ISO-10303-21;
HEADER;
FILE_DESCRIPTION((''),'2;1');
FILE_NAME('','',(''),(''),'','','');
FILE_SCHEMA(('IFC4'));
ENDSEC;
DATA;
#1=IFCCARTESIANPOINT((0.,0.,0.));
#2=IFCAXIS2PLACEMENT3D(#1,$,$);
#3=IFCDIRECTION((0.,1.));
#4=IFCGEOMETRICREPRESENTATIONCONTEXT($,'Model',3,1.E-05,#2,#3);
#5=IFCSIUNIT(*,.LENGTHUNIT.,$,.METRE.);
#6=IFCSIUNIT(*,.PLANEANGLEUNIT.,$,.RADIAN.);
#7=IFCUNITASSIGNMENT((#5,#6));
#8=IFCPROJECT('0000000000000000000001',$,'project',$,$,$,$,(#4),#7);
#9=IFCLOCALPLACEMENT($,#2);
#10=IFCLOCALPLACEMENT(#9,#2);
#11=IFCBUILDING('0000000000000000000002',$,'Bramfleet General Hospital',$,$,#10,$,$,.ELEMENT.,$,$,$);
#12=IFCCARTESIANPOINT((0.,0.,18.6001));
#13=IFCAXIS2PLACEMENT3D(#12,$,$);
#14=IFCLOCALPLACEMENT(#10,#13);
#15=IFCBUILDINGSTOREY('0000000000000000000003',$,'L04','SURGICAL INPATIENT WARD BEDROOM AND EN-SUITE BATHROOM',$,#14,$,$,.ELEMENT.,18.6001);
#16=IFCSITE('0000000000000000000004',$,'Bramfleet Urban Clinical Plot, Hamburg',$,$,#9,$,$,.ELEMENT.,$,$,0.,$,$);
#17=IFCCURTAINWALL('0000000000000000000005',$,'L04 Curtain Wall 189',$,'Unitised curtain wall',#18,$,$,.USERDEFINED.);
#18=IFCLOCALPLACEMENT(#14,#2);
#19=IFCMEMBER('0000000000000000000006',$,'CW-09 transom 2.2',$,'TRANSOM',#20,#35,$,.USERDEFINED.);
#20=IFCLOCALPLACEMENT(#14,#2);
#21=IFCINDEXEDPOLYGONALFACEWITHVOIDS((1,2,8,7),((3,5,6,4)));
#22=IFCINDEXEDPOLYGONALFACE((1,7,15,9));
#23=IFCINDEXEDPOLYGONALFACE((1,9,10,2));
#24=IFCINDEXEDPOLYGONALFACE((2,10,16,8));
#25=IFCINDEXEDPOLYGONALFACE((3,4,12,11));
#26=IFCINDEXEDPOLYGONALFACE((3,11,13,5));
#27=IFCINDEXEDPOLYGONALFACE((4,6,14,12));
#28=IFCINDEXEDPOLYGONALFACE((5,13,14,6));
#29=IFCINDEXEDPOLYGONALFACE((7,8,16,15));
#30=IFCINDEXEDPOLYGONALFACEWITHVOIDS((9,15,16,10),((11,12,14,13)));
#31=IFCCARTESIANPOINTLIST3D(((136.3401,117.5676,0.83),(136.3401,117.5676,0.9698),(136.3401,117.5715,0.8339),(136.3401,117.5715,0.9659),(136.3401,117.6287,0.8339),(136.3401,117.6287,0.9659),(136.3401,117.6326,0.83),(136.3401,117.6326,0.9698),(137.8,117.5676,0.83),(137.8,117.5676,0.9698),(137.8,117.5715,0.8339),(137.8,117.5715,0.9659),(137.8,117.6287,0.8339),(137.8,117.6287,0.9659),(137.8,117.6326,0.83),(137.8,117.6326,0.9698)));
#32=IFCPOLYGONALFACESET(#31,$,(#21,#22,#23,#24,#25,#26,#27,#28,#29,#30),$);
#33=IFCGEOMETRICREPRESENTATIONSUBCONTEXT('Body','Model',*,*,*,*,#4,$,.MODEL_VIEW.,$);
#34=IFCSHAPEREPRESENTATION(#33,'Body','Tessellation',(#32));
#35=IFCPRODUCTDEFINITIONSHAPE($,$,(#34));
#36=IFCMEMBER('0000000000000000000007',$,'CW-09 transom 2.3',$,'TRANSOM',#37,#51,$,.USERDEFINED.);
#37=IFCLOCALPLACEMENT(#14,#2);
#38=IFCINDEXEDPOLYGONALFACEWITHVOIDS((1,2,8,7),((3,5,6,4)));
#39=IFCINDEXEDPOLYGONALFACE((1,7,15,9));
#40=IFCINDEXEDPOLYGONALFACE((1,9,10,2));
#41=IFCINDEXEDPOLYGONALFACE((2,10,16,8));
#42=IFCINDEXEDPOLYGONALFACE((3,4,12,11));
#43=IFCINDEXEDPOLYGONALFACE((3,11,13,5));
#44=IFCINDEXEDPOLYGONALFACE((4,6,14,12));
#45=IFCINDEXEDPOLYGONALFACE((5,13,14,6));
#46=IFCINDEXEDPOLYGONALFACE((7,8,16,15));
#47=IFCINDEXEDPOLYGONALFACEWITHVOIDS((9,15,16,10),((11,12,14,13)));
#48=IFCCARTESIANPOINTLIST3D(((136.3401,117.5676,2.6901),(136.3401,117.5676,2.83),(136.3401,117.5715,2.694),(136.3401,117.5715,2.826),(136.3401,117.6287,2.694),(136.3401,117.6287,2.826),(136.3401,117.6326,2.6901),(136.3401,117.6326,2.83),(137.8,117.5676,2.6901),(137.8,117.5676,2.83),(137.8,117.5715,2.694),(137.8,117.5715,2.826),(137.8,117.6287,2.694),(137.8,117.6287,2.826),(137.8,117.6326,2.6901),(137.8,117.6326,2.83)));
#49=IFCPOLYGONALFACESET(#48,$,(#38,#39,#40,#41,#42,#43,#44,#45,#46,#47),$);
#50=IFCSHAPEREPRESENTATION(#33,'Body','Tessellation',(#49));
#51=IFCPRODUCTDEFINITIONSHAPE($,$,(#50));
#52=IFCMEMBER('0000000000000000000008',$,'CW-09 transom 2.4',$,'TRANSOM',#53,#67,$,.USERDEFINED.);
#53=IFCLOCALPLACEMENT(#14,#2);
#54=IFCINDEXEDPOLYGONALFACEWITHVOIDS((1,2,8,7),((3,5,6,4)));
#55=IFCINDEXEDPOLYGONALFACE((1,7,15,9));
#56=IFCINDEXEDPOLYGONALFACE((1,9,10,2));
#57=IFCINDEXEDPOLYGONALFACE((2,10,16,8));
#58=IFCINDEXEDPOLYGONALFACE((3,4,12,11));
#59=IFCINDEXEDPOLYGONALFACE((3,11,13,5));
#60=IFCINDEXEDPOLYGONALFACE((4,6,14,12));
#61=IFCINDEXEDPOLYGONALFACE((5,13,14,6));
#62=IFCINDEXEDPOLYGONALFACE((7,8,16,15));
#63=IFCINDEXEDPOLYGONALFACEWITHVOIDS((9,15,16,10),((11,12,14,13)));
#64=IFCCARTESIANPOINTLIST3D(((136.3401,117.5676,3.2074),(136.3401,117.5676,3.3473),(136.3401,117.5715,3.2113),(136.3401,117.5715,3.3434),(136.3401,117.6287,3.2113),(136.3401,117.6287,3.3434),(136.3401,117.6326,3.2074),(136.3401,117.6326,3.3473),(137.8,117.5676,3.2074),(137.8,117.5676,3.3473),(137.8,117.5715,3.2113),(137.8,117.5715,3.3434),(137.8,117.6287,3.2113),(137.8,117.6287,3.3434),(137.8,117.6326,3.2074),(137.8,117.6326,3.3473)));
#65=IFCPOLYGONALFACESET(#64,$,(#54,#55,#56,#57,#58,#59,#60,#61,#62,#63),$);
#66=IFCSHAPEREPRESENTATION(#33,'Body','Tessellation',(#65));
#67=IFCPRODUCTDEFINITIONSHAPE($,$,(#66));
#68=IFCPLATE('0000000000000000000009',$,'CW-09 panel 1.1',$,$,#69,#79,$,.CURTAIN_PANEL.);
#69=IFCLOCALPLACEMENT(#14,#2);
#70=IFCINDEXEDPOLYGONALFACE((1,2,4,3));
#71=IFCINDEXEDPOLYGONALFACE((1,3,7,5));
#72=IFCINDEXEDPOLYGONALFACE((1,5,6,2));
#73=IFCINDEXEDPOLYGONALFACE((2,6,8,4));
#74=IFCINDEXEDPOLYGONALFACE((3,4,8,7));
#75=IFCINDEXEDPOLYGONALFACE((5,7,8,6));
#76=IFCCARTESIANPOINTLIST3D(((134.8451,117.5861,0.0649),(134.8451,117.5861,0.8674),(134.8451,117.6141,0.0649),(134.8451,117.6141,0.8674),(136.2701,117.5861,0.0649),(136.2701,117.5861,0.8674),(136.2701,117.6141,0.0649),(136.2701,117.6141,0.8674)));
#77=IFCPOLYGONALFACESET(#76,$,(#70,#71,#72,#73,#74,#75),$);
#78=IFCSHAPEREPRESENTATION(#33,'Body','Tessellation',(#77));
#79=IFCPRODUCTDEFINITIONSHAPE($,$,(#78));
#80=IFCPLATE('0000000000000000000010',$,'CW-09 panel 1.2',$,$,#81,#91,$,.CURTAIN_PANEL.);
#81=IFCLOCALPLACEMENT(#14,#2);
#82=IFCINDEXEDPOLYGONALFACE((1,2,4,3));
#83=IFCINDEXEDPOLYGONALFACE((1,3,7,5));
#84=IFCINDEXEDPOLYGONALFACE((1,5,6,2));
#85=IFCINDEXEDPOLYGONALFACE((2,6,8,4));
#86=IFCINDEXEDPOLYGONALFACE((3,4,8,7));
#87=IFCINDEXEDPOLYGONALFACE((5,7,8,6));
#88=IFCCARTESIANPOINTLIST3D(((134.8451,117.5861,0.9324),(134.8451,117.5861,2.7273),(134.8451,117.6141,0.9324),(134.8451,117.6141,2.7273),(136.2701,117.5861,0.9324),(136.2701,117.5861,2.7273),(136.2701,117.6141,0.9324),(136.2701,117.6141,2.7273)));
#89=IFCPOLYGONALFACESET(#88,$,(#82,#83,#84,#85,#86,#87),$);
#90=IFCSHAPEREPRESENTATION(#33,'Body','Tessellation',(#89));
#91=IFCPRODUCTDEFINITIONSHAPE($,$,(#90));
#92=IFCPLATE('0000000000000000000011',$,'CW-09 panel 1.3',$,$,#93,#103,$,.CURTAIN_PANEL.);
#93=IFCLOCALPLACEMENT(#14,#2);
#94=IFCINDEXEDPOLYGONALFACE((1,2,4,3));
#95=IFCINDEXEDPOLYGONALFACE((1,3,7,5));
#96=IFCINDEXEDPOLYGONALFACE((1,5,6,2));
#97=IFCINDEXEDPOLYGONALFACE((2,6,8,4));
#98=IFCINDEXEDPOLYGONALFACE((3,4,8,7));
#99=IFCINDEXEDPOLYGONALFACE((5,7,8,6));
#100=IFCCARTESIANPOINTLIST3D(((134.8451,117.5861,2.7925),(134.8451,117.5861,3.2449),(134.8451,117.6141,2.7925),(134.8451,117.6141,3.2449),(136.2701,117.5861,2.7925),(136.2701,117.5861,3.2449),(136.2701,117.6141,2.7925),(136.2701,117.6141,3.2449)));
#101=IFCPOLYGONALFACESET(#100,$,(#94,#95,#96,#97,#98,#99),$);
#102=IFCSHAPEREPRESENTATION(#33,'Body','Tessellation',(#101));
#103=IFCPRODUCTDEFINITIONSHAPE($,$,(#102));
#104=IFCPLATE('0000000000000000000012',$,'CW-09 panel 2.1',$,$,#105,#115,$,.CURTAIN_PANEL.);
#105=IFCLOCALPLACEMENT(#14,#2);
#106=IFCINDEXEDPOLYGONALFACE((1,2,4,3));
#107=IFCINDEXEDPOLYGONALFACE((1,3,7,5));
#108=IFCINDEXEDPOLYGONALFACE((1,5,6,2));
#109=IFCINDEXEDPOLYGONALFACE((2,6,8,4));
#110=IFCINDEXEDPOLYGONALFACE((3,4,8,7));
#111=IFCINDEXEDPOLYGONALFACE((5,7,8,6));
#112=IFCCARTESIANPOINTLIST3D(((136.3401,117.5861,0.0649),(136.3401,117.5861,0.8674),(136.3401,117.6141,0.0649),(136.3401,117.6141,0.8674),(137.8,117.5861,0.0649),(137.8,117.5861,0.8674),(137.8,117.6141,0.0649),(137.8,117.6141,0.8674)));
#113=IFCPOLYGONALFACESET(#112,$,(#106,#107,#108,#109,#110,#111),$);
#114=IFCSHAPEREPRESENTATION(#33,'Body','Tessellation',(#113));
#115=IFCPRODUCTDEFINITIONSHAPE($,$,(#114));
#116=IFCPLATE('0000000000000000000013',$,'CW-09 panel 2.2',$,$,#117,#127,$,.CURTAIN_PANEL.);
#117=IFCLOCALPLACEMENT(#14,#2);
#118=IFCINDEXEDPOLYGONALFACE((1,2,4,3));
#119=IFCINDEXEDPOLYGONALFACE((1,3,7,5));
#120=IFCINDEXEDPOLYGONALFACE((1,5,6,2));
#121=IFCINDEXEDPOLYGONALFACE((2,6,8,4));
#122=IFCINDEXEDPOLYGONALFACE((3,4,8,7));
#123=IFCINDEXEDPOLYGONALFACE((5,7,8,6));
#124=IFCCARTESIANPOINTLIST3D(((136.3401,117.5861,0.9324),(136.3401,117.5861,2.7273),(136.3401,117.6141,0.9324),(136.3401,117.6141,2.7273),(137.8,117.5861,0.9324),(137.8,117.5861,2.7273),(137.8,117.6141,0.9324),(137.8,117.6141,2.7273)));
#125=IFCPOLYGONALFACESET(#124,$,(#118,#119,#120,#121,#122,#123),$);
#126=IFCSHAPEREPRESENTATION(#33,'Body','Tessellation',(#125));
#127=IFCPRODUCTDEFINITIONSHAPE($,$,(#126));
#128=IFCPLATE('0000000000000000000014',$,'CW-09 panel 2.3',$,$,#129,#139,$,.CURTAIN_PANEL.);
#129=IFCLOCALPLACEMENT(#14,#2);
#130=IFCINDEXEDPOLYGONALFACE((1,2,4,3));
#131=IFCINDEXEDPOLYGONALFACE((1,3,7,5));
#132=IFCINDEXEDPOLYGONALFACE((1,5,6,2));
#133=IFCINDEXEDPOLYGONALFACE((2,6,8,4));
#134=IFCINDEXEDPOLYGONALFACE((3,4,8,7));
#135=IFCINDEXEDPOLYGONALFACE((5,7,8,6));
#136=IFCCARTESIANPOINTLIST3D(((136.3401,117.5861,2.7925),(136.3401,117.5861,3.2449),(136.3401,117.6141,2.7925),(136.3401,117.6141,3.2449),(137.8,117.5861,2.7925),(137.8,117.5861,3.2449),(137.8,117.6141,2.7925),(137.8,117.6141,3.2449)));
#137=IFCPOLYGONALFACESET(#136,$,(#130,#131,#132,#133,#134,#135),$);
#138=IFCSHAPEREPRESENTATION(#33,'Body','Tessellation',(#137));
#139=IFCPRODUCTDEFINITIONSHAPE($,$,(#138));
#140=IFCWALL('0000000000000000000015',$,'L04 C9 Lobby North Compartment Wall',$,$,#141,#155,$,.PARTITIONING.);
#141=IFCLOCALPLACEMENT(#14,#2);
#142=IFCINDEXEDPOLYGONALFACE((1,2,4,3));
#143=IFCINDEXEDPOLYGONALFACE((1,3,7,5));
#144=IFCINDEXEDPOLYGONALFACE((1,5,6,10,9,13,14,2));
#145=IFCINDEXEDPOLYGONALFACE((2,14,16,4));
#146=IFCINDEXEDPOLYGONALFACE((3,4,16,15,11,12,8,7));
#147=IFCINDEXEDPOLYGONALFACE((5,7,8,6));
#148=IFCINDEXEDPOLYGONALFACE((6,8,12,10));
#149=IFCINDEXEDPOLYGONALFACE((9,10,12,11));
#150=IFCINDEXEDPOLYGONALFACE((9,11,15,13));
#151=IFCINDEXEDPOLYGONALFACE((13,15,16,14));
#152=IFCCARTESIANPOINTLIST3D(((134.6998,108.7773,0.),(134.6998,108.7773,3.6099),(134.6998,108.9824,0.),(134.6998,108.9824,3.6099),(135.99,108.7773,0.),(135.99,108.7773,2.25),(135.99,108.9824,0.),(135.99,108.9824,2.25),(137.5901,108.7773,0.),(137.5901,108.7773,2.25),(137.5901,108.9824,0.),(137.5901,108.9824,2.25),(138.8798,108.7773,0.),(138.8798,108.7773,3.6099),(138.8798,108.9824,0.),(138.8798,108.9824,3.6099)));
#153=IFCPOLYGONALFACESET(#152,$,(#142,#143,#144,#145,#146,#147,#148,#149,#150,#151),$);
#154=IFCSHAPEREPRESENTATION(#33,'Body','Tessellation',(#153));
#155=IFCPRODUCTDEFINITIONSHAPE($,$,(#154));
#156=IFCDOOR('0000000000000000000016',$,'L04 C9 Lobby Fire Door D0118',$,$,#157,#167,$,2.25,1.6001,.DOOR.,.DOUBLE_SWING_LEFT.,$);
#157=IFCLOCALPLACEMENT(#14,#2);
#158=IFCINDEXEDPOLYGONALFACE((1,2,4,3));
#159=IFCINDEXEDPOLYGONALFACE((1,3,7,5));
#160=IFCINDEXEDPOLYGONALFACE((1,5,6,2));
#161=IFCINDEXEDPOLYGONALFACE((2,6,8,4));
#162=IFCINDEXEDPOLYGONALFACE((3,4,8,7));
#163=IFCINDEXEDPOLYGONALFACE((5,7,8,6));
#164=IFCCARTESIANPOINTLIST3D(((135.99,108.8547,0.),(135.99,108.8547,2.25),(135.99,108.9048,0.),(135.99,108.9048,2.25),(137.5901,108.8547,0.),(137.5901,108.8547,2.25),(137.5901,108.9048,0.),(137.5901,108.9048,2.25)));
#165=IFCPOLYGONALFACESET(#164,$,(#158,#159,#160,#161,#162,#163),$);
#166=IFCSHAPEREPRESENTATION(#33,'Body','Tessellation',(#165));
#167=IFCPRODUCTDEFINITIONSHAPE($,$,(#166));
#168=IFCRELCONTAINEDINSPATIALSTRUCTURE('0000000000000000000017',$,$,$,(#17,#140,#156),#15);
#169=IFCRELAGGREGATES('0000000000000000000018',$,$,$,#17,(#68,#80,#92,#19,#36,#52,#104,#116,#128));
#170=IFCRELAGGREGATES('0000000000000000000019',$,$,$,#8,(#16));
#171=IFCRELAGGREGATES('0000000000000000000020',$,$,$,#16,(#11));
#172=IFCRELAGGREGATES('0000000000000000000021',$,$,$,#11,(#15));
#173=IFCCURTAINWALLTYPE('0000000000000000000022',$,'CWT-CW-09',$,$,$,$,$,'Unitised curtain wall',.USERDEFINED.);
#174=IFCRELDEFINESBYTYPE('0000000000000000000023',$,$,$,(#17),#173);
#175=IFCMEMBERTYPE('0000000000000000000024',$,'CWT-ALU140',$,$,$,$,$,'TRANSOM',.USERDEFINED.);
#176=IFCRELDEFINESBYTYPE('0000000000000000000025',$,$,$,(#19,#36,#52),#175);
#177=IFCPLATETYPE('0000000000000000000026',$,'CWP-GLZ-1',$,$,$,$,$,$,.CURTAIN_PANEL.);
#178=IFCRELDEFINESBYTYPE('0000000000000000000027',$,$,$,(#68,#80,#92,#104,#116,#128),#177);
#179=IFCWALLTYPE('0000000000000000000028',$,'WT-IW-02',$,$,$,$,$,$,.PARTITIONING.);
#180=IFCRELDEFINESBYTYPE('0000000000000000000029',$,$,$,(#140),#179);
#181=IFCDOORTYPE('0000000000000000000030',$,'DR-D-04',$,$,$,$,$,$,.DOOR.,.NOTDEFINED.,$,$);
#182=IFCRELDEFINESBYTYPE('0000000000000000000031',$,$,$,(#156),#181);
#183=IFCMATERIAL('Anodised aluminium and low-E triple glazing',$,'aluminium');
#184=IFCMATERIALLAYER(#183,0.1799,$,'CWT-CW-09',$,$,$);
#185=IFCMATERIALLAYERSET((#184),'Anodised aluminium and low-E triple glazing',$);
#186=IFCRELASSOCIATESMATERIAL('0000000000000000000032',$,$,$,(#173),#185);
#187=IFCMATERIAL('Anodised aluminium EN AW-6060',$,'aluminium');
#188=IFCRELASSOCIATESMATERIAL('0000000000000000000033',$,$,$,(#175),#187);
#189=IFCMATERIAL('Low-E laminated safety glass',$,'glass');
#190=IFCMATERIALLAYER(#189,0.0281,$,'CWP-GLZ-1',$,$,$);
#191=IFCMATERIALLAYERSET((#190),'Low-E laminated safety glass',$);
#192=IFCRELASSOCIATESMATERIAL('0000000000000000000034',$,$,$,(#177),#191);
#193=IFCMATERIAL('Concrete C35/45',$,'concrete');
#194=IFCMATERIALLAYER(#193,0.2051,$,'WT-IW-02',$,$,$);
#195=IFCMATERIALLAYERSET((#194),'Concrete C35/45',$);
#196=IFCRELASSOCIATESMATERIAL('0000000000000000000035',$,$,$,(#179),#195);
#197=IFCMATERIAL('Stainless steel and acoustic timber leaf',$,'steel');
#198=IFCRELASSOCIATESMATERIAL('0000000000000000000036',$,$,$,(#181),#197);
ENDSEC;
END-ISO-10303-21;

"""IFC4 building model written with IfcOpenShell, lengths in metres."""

from ifc_helpers import new_model, si_unit, direction, frame, frame_2d, origin, origin_2d, place, context, subcontext, project, spatial, rectangle, hollow_rectangle, extrude, material, layer, layer_set, material_profile, profile_set, type_object, element, fill, aggregate, save


model = new_model("IFC4")

# Units and contexts
model_context = context("Model", 3, precision=1e-05, world=origin(), true_north=direction((0.0, 1.0)))
body_context = subcontext(model_context, "Body", "Model", "MODEL_VIEW")
ifc_project = project(units=[si_unit("LENGTHUNIT", "METRE"), si_unit("PLANEANGLEUNIT", "RADIAN")], contexts=[model_context])

# Site, building, storey
site_placement = place(None, origin())
site = spatial("IfcSite", under=ifc_project, at=site_placement, Name="Bramfleet Urban Clinical Plot, Hamburg", CompositionType="ELEMENT", RefElevation=0.0)
building_placement = place(site_placement, origin())
building = spatial("IfcBuilding", under=site, at=building_placement, Name="Bramfleet General Hospital", CompositionType="ELEMENT")
storey_placement = place(building_placement, frame((0.0, 0.0, 18.6001)))
storey = spatial("IfcBuildingStorey", under=building, at=storey_placement, Name="L04", Description="SURGICAL INPATIENT WARD BEDROOM AND EN-SUITE BATHROOM", CompositionType="ELEMENT", Elevation=18.6001)

# Curtain wall, members, plates
ifc_material_1 = material(Name="Anodised aluminium and low-E triple glazing", Category="aluminium")
ifc_layer_1 = layer(ifc_material_1, 0.1799, Name="CWT-CW-09")
ifc_layer_set_1 = layer_set([ifc_layer_1], Name="Anodised aluminium and low-E triple glazing")
curtain_wall_type = type_object("IfcCurtainWallType", Name="CWT-CW-09", ElementType="Unitised curtain wall", PredefinedType="USERDEFINED", material=ifc_layer_set_1)
curtain_wall_placement = place(storey_placement, origin())
curtain_wall = element("IfcCurtainWall", 1, at=curtain_wall_placement, inside=storey, type_object=curtain_wall_type, Name="L04 Curtain Wall 189", ObjectType="Unitised curtain wall", PredefinedType="USERDEFINED")
ifc_material_2 = material(Name="Anodised aluminium EN AW-6060", Category="aluminium")
ifc_material_profile_1 = material_profile(ifc_material_2, hollow_rectangle(XDim=0.0649, YDim=0.1399, WallThickness=0.0039, at=origin_2d()), Name="ALU 140x65x4.0")
ifc_profile_set_1 = profile_set([ifc_material_profile_1], Name="Anodised aluminium EN AW-6060")
member_type_1 = type_object("IfcMemberType", Name="CWT-ALU140", ElementType="TRANSOM", PredefinedType="USERDEFINED", material=ifc_profile_set_1)
member_1_placement = place(storey_placement, frame((136.3401, 117.6001, 0.8999), z_axis=(1.0, 0.0, 0.0), x_axis=(0.0, 1.0, 0.0)))
member_1 = element("IfcMember", 2, at=member_1_placement, type_object=member_type_1, Name="CW-09 transom 2.2", ObjectType="TRANSOM", PredefinedType="USERDEFINED", context=body_context, shape_type="SweptSolid", body=[
    extrude(hollow_rectangle(XDim=0.0649, YDim=0.1399, WallThickness=0.0039, at=origin_2d()), origin(), (0.0, 0.0, 1.0), 1.46),
])
member_2_placement = place(storey_placement, frame((136.3401, 117.6001, 2.76), z_axis=(1.0, 0.0, 0.0), x_axis=(0.0, 1.0, 0.0)))
member_2 = element("IfcMember", 3, at=member_2_placement, type_object=member_type_1, Name="CW-09 transom 2.3", ObjectType="TRANSOM", PredefinedType="USERDEFINED", context=body_context, shape_type="SweptSolid", body=[
    extrude(hollow_rectangle(XDim=0.0649, YDim=0.1399, WallThickness=0.0039, at=origin_2d()), origin(), (0.0, 0.0, 1.0), 1.46),
])
member_3_placement = place(storey_placement, frame((136.3401, 117.6001, 3.2773), z_axis=(1.0, 0.0, 0.0), x_axis=(0.0, 1.0, 0.0)))
member_3 = element("IfcMember", 4, at=member_3_placement, type_object=member_type_1, Name="CW-09 transom 2.4", ObjectType="TRANSOM", PredefinedType="USERDEFINED", context=body_context, shape_type="SweptSolid", body=[
    extrude(hollow_rectangle(XDim=0.0649, YDim=0.1399, WallThickness=0.0039, at=origin_2d()), origin(), (0.0, 0.0, 1.0), 1.46),
])
ifc_material_3 = material(Name="Low-E laminated safety glass", Category="glass")
ifc_layer_2 = layer(ifc_material_3, 0.0281, Name="CWP-GLZ-1")
ifc_layer_set_2 = layer_set([ifc_layer_2], Name="Low-E laminated safety glass")
plate_type = type_object("IfcPlateType", Name="CWP-GLZ-1", PredefinedType="CURTAIN_PANEL", material=ifc_layer_set_2)
plate_1_placement = place(storey_placement, frame((135.5576, 117.6001, 0.0649), z_axis=(0.0, 0.0, 1.0), x_axis=(1.0, 0.0, 0.0)))
plate_1 = element("IfcPlate", 5, at=plate_1_placement, type_object=plate_type, Name="CW-09 panel 1.1", PredefinedType="CURTAIN_PANEL", context=body_context, shape_type="SweptSolid", body=[
    extrude(rectangle(XDim=1.425, YDim=0.0281, at=origin_2d()), origin(), (0.0, 0.0, 1.0), 0.8025),
])
plate_2_placement = place(storey_placement, frame((135.5576, 117.6001, 0.9324), z_axis=(0.0, 0.0, 1.0), x_axis=(1.0, 0.0, 0.0)))
plate_2 = element("IfcPlate", 6, at=plate_2_placement, type_object=plate_type, Name="CW-09 panel 1.2", PredefinedType="CURTAIN_PANEL", context=body_context, shape_type="SweptSolid", body=[
    extrude(rectangle(XDim=1.425, YDim=0.0281, at=origin_2d()), origin(), (0.0, 0.0, 1.0), 1.7949),
])
plate_3_placement = place(storey_placement, frame((135.5576, 117.6001, 2.7925), z_axis=(0.0, 0.0, 1.0), x_axis=(1.0, 0.0, 0.0)))
plate_3 = element("IfcPlate", 7, at=plate_3_placement, type_object=plate_type, Name="CW-09 panel 1.3", PredefinedType="CURTAIN_PANEL", context=body_context, shape_type="SweptSolid", body=[
    extrude(rectangle(XDim=1.425, YDim=0.0281, at=origin_2d()), origin(), (0.0, 0.0, 1.0), 0.4524),
])
plate_4_placement = place(storey_placement, frame((137.0701, 117.6001, 0.0649), z_axis=(0.0, 0.0, 1.0), x_axis=(1.0, 0.0, 0.0)))
plate_4 = element("IfcPlate", 8, at=plate_4_placement, type_object=plate_type, Name="CW-09 panel 2.1", PredefinedType="CURTAIN_PANEL", context=body_context, shape_type="SweptSolid", body=[
    extrude(rectangle(XDim=1.46, YDim=0.0281, at=origin_2d()), origin(), (0.0, 0.0, 1.0), 0.8025),
])
plate_5_placement = place(storey_placement, frame((137.0701, 117.6001, 0.9324), z_axis=(0.0, 0.0, 1.0), x_axis=(1.0, 0.0, 0.0)))
plate_5 = element("IfcPlate", 9, at=plate_5_placement, type_object=plate_type, Name="CW-09 panel 2.2", PredefinedType="CURTAIN_PANEL", context=body_context, shape_type="SweptSolid", body=[
    extrude(rectangle(XDim=1.46, YDim=0.0281, at=origin_2d()), origin(), (0.0, 0.0, 1.0), 1.7949),
])
plate_6_placement = place(storey_placement, frame((137.0701, 117.6001, 2.7925), z_axis=(0.0, 0.0, 1.0), x_axis=(1.0, 0.0, 0.0)))
plate_6 = element("IfcPlate", 10, at=plate_6_placement, type_object=plate_type, Name="CW-09 panel 2.3", PredefinedType="CURTAIN_PANEL", context=body_context, shape_type="SweptSolid", body=[
    extrude(rectangle(XDim=1.46, YDim=0.0281, at=origin_2d()), origin(), (0.0, 0.0, 1.0), 0.4524),
])
aggregate(curtain_wall, [plate_1, plate_2, plate_3, member_1, member_2, member_3, plate_4, plate_5, plate_6])

# Wall, opening, door
ifc_material_4 = material(Name="Concrete C35/45", Category="concrete")
ifc_layer_3 = layer(ifc_material_4, 0.2051, Name="WT-IW-02")
ifc_layer_set_3 = layer_set([ifc_layer_3], Name="Concrete C35/45")
wall_type_1 = type_object("IfcWallType", Name="WT-IW-02", PredefinedType="PARTITIONING", material=ifc_layer_set_3)
wall_1_placement = place(storey_placement, frame((134.7, 108.8799, 0.0), z_axis=(0.0, 0.0, 1.0), x_axis=(1.0, 0.0, 0.0)))
wall_1 = element("IfcWall", 11, at=wall_1_placement, inside=storey, type_object=wall_type_1, Name="L04 C9 Lobby North Compartment Wall", PredefinedType="PARTITIONING", context=body_context, shape_type="SweptSolid", body=[
    extrude(rectangle(XDim=4.1799, YDim=0.2051, at=frame_2d((2.0898, 0.0))), origin(), (0.0, 0.0, 1.0), 3.6099),
])
opening_1_placement = place(wall_1_placement, frame((1.29, 0.0, 0.0)))
opening_1 = element("IfcOpeningElement", 12, at=opening_1_placement, cuts=wall_1, PredefinedType="OPENING", context=body_context, shape_type="SweptSolid", body=[
    extrude(rectangle(XDim=1.6001, YDim=2.25, at=frame_2d((0.8, 1.125))), frame((0.0, 0.1125, 0.0), z_axis=(0.0, -1.0, 0.0), x_axis=(1.0, 0.0, 0.0)), (0.0, 0.0, 1.0), 0.2251),
])
ifc_material_5 = material(Name="Stainless steel and acoustic timber leaf", Category="steel")
door_type_1 = type_object("IfcDoorType", Name="DR-D-04", OperationType="NOTDEFINED", PredefinedType="DOOR", material=ifc_material_5)
door_1_placement = place(opening_1_placement, origin())
door_1 = element("IfcDoor", 13, at=door_1_placement, inside=storey, type_object=door_type_1, Name="L04 C9 Lobby Fire Door D0118", OperationType="DOUBLE_SWING_LEFT", OverallHeight=2.25, OverallWidth=1.6001, PredefinedType="DOOR", context=body_context, shape_type="SweptSolid", body=[
    extrude(rectangle(XDim=1.6001, YDim=2.25, at=frame_2d((0.8, 1.125))), frame((0.0, 0.0249, 0.0), z_axis=(0.0, -1.0, 0.0), x_axis=(1.0, 0.0, 0.0)), (0.0, 0.0, 1.0), 0.05),
])
fill(opening_1, door_1)

save(model, "model.ifc")
